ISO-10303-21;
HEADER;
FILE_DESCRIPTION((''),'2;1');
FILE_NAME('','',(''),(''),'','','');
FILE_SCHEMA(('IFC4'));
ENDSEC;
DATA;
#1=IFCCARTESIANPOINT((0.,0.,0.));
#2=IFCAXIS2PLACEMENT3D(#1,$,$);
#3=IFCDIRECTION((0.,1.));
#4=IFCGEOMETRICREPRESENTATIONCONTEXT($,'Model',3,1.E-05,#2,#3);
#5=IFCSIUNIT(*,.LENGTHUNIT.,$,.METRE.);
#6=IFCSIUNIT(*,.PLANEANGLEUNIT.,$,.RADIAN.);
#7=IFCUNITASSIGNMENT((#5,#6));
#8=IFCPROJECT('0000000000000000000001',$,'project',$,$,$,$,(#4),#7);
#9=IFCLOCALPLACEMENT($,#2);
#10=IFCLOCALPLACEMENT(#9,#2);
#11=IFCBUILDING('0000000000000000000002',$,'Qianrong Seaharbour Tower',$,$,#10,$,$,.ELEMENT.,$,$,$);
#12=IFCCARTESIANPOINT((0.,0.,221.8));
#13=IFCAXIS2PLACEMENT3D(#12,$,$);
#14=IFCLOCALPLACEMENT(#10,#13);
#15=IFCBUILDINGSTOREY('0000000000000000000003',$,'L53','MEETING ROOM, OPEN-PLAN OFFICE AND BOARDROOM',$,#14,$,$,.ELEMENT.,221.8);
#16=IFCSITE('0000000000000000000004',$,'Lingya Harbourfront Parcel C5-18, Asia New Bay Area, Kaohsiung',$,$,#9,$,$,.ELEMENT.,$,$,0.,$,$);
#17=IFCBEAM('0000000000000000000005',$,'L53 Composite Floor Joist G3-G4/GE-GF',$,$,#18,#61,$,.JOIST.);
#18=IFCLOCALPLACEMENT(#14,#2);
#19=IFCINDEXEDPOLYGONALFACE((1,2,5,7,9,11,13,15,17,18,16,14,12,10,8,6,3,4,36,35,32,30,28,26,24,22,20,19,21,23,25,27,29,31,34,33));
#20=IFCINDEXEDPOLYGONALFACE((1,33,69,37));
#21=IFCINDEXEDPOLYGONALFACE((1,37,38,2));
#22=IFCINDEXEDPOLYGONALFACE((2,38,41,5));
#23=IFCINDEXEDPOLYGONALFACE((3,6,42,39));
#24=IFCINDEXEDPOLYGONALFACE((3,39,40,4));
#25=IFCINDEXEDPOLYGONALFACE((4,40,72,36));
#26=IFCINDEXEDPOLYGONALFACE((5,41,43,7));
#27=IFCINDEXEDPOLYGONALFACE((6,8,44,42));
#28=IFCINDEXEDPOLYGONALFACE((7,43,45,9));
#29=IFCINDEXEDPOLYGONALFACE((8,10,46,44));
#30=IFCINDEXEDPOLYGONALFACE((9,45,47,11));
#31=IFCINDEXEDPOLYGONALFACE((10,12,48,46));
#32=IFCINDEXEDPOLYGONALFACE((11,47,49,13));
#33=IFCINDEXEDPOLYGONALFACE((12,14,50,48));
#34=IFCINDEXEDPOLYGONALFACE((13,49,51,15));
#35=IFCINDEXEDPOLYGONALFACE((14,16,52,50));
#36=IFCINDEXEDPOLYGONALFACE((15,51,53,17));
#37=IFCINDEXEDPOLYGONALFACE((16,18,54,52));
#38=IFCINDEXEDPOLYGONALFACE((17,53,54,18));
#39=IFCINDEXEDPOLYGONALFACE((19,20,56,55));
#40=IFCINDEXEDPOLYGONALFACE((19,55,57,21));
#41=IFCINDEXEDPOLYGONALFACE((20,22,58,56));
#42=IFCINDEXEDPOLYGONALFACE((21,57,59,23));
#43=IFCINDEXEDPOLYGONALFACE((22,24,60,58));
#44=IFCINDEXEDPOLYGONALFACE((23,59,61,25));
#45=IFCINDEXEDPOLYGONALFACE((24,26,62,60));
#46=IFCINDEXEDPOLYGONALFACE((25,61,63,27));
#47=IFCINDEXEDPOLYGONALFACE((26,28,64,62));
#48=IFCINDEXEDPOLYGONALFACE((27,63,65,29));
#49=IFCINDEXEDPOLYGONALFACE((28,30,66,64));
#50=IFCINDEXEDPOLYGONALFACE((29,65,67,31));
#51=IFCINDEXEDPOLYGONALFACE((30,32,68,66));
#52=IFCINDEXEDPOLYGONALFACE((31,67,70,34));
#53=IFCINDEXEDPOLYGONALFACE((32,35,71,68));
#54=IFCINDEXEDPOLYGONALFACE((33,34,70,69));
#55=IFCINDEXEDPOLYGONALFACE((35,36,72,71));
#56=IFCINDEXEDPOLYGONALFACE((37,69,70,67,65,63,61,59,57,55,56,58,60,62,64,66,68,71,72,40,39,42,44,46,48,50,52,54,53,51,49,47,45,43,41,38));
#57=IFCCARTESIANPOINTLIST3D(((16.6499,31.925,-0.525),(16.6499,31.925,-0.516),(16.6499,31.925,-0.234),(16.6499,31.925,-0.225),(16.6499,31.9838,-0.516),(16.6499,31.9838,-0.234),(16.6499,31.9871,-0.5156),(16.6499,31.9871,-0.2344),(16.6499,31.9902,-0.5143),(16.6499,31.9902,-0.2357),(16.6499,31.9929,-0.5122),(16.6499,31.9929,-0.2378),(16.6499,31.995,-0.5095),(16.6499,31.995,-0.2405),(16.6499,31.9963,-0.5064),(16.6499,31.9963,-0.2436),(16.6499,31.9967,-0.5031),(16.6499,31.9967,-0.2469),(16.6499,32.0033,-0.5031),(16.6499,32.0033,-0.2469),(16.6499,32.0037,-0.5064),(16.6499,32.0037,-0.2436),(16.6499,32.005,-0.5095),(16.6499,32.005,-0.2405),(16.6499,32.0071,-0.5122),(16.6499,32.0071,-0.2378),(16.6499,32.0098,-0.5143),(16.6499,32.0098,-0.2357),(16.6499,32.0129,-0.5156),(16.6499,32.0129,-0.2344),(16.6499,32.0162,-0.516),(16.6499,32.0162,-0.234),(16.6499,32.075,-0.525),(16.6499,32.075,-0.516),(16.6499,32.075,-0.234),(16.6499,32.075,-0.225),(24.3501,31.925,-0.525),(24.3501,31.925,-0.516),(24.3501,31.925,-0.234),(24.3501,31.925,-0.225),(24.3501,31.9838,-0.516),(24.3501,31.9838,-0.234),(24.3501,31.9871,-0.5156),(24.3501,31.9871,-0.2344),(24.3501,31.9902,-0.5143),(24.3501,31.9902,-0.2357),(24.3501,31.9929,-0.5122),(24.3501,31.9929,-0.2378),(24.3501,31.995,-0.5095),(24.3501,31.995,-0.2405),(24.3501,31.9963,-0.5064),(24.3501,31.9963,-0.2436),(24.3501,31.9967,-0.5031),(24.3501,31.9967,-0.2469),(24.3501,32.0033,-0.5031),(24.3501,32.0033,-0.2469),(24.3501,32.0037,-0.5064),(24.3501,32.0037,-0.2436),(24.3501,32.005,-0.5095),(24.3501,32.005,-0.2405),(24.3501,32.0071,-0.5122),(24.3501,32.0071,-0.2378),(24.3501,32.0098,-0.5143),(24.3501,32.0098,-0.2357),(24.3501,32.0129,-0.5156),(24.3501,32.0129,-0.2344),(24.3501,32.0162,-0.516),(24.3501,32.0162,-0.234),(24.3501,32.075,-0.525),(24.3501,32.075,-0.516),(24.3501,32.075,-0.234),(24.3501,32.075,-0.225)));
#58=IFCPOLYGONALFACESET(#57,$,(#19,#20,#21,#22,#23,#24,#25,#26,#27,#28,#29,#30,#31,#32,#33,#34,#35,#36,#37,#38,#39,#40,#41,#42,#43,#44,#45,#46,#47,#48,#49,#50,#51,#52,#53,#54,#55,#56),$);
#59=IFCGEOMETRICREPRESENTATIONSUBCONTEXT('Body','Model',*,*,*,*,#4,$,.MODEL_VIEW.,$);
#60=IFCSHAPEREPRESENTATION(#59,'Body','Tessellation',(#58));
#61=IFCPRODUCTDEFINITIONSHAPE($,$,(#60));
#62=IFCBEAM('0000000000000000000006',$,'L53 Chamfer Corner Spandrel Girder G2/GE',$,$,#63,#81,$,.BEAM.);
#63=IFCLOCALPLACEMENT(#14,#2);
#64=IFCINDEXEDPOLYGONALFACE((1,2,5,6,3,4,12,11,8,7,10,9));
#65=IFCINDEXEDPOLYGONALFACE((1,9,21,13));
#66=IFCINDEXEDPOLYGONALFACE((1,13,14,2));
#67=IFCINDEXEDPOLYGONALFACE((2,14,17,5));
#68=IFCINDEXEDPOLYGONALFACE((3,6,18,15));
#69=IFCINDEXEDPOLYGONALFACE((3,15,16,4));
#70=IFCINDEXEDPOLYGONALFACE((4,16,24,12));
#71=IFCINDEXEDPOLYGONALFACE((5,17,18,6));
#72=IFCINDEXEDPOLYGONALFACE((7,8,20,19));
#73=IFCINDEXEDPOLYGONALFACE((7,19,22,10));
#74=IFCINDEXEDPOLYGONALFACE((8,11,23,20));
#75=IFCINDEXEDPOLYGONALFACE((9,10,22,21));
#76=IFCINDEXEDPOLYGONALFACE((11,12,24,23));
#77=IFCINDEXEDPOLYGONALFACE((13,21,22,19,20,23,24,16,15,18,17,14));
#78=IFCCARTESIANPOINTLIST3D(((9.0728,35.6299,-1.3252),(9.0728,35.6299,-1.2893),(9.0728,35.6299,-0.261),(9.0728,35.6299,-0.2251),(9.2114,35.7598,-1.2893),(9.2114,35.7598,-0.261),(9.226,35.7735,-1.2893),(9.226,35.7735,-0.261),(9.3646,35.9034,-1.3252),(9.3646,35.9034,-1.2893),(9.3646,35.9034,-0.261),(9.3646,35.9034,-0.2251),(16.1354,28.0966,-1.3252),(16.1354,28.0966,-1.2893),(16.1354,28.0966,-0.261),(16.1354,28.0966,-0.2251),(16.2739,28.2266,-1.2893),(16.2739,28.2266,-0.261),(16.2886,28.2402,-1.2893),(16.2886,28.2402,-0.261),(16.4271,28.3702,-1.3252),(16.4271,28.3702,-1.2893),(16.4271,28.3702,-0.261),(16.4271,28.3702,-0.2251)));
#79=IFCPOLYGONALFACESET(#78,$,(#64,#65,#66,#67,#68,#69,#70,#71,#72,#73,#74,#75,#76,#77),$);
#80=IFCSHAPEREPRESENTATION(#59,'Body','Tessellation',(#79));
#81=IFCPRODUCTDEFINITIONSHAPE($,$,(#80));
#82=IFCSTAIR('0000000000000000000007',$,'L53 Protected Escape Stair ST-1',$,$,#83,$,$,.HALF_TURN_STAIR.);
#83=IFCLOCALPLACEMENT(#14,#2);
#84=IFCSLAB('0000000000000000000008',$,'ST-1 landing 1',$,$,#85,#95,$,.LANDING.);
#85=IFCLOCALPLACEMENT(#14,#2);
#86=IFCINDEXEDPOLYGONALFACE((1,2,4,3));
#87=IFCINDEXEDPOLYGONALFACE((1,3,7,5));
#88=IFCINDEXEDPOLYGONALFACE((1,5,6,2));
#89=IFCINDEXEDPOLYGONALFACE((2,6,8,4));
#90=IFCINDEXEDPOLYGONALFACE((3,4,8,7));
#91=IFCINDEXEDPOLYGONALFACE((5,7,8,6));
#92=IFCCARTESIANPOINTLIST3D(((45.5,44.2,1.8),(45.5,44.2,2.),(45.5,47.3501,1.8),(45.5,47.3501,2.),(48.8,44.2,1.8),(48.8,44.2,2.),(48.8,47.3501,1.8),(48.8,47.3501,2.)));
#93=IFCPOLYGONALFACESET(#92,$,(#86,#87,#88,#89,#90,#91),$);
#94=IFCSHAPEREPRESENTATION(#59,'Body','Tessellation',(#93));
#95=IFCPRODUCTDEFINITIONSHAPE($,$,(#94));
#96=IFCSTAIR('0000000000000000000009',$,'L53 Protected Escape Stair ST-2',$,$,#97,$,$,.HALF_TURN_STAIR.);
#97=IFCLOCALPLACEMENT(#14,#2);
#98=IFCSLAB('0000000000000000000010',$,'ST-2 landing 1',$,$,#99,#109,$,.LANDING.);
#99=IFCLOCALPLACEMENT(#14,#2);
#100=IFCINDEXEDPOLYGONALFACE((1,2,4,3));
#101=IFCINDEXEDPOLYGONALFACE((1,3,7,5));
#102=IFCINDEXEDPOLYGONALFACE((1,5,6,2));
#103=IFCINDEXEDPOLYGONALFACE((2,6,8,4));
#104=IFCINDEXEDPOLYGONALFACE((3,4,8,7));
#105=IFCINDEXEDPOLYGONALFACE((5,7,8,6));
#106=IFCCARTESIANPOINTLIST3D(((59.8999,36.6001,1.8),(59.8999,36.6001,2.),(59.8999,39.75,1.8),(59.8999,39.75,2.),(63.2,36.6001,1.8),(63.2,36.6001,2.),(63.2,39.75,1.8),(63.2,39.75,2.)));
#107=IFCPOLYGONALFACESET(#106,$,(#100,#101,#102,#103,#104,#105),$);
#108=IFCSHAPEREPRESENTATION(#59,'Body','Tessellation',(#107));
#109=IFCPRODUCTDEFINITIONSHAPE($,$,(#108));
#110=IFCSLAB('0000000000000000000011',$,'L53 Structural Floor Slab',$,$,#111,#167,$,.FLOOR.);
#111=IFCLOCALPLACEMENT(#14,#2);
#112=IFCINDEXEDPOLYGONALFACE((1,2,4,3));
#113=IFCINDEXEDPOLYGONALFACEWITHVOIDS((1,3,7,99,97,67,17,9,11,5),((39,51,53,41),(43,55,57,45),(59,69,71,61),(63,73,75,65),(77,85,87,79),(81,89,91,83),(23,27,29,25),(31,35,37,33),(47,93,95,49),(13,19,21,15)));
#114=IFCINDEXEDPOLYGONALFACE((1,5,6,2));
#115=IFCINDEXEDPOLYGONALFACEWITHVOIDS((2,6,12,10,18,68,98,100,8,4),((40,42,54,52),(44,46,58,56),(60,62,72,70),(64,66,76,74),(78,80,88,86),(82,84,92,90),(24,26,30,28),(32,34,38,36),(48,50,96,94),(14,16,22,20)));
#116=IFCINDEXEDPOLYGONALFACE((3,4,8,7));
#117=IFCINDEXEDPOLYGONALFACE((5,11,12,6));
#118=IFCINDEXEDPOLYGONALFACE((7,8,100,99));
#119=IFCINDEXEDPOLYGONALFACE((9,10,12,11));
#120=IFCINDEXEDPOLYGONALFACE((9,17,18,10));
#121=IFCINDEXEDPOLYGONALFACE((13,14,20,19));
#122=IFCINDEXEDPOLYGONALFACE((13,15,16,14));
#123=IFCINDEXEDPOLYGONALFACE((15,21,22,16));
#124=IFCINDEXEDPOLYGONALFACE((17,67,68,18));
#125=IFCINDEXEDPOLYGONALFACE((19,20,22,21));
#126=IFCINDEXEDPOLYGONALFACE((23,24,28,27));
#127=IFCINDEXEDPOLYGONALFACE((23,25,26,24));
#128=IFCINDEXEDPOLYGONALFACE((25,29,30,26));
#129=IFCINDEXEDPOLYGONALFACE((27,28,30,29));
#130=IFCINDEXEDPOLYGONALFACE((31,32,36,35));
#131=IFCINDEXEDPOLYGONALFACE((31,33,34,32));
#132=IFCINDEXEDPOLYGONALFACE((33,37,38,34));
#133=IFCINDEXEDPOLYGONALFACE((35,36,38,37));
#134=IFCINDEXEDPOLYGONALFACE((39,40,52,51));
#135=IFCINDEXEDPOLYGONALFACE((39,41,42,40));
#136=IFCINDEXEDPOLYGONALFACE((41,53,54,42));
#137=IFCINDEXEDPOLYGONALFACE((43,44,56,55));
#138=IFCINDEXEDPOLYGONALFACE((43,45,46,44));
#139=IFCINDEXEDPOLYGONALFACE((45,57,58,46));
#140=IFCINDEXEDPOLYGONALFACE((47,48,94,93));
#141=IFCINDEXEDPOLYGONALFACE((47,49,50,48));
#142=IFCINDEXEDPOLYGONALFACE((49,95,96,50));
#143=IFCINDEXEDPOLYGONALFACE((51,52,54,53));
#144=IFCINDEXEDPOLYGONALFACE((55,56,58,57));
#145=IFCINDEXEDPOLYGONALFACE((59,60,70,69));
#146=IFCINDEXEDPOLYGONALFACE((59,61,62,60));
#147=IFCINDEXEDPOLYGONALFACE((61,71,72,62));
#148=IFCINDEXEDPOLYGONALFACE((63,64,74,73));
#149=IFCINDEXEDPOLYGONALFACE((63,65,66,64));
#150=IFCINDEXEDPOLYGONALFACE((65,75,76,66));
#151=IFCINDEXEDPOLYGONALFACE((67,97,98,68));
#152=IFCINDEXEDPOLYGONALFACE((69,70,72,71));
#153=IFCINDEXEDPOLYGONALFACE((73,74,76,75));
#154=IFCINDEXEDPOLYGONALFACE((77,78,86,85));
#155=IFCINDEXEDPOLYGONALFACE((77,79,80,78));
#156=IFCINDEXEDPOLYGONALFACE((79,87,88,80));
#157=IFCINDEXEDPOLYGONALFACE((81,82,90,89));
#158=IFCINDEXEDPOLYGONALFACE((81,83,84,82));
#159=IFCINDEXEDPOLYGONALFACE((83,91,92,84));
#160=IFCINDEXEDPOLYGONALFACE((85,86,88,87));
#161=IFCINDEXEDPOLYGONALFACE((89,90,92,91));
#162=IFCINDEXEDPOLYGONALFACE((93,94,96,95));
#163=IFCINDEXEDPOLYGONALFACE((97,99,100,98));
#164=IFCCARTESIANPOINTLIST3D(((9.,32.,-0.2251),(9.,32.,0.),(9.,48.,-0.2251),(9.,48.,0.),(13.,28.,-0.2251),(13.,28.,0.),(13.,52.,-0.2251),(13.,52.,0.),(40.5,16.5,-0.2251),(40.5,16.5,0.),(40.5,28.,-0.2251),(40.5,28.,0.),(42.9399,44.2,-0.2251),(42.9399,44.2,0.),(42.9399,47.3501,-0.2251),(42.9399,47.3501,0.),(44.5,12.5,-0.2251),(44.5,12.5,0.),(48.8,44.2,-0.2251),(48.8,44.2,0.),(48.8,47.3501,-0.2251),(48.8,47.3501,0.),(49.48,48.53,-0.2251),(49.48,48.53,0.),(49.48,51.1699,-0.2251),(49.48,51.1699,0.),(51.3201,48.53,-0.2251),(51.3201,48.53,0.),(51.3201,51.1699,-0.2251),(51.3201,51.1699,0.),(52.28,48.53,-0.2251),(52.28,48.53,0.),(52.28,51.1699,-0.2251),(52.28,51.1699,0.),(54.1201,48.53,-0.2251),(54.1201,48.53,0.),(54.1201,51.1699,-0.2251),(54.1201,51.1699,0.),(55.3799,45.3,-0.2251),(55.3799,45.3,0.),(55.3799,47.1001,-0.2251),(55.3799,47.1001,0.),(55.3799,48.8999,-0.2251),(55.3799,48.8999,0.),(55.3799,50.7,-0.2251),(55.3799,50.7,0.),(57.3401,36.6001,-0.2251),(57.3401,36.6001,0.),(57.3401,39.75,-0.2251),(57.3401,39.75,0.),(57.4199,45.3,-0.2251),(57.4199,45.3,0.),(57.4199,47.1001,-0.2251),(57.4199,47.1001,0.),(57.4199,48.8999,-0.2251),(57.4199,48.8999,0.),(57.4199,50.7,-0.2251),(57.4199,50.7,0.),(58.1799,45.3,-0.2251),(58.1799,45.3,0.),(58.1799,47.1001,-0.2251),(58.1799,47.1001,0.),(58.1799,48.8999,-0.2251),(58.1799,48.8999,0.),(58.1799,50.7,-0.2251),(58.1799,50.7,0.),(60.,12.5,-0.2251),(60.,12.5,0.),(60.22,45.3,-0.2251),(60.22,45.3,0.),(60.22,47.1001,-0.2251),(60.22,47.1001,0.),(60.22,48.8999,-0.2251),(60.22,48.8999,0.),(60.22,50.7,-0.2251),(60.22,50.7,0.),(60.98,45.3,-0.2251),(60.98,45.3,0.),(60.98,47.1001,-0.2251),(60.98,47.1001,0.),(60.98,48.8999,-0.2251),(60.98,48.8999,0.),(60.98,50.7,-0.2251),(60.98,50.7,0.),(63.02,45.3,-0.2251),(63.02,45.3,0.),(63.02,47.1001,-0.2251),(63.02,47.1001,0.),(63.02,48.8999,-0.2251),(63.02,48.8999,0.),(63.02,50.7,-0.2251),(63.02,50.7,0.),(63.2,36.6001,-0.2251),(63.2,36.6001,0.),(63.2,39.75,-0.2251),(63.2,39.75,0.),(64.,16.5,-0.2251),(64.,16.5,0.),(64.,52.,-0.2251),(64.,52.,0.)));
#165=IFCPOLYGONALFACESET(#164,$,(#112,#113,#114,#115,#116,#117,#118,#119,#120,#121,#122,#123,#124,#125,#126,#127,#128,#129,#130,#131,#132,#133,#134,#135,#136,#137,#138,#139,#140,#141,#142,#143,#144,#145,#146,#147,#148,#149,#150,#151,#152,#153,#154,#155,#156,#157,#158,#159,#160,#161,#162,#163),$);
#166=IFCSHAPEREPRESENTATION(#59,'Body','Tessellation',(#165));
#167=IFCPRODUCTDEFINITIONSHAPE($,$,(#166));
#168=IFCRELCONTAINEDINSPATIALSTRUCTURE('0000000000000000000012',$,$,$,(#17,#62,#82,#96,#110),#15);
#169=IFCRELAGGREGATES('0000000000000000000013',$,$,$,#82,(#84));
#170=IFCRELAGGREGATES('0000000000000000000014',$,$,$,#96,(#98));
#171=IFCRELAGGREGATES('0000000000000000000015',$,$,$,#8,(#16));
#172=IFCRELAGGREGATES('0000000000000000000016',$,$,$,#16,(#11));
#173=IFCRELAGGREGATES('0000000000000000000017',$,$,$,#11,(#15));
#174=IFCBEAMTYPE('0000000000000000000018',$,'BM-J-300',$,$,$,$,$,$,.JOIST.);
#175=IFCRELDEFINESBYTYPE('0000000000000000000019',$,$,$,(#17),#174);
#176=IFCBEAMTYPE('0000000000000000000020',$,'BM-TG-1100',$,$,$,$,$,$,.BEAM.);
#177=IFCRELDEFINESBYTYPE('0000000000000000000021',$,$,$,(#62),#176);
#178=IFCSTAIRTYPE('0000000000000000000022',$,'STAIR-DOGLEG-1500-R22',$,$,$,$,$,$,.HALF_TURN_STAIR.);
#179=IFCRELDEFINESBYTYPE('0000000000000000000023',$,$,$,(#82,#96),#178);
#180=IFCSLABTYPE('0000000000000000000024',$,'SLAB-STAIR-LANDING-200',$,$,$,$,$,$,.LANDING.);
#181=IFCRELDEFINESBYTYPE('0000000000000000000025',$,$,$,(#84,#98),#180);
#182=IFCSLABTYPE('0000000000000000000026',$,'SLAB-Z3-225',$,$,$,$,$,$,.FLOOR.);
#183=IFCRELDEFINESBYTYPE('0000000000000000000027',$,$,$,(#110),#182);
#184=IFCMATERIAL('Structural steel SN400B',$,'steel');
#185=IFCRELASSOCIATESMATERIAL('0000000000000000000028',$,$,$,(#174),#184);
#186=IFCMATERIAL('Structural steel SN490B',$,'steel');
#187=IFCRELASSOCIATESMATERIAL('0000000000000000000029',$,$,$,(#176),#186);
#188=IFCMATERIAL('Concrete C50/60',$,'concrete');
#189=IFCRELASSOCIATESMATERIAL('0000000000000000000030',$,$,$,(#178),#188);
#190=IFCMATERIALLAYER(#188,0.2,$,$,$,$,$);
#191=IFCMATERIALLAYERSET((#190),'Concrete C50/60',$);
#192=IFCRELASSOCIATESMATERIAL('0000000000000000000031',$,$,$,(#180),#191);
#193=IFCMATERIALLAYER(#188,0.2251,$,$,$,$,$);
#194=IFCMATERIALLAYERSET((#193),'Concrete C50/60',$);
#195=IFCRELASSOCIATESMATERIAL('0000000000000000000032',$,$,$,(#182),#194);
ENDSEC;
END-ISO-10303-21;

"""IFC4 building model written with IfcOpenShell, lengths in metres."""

from ifc_helpers import new_model, si_unit, direction, frame, origin, origin_2d, place, context, subcontext, project, spatial, polyline, i_section, outline, extrude, material, layer, layer_set, material_profile, profile_set, type_object, element, aggregate, save


model = new_model("IFC4")

# Units and contexts
model_context = context("Model", 3, precision=1e-05, world=origin(), true_north=direction((0.0, 1.0)))
body_context = subcontext(model_context, "Body", "Model", "MODEL_VIEW")
ifc_project = project(units=[si_unit("LENGTHUNIT", "METRE"), si_unit("PLANEANGLEUNIT", "RADIAN")], contexts=[model_context])

# Site, building, storey
site_placement = place(None, origin())
site = spatial("IfcSite", under=ifc_project, at=site_placement, Name="Lingya Harbourfront Parcel C5-18, Asia New Bay Area, Kaohsiung", CompositionType="ELEMENT", RefElevation=0.0)
building_placement = place(site_placement, origin())
building = spatial("IfcBuilding", under=site, at=building_placement, Name="Qianrong Seaharbour Tower", CompositionType="ELEMENT")
storey_placement = place(building_placement, frame((0.0, 0.0, 221.8)))
storey = spatial("IfcBuildingStorey", under=building, at=storey_placement, Name="L53", Description="MEETING ROOM, OPEN-PLAN OFFICE AND BOARDROOM", CompositionType="ELEMENT", Elevation=221.8)

# Shared definitions
ifc_material_1 = material(Name="Structural steel SN490B", Category="steel")

# Beams
ifc_material_2 = material(Name="Structural steel SN400B", Category="steel")
ifc_material_profile_1 = material_profile(ifc_material_2, i_section(OverallWidth=0.1499, OverallDepth=0.3, WebThickness=0.0066, FlangeThickness=0.009, FilletRadius=0.0129, at=origin_2d()), Name="H300x150x6.5x9")
ifc_profile_set_1 = profile_set([ifc_material_profile_1], Name="Structural steel SN400B")
beam_type_1 = type_object("IfcBeamType", Name="BM-J-300", PredefinedType="JOIST", material=ifc_profile_set_1)
beam_1_placement = place(storey_placement, frame((16.6499, 32.0, -0.375), z_axis=(1.0, 0.0, 0.0), x_axis=(0.0, 1.0, 0.0)))
element("IfcBeam", 1, at=beam_1_placement, inside=storey, type_object=beam_type_1, Name="L53 Composite Floor Joist G3-G4/GE-GF", PredefinedType="JOIST", context=body_context, shape_type="SweptSolid", body=[
    extrude(i_section(OverallWidth=0.1499, OverallDepth=0.3, WebThickness=0.0066, FlangeThickness=0.009, FilletRadius=0.0129, at=origin_2d()), origin(), (0.0, 0.0, 1.0), 7.7002),
])
ifc_material_profile_2 = material_profile(ifc_material_1, i_section(OverallWidth=0.3999, OverallDepth=1.1001, WebThickness=0.02, FlangeThickness=0.0359, at=origin_2d()), Name="BH1100x400x20x36")
ifc_profile_set_2 = profile_set([ifc_material_profile_2], Name="Structural steel SN490B")
beam_type_2 = type_object("IfcBeamType", Name="BM-TG-1100", PredefinedType="BEAM", material=ifc_profile_set_2)
beam_2_placement = place(storey_placement, frame((16.2812, 28.2334, -0.7751), z_axis=(-0.683947, 0.729531, 0.0), x_axis=(-0.729531, -0.683947, 0.0)))
element("IfcBeam", 2, at=beam_2_placement, inside=storey, type_object=beam_type_2, Name="L53 Chamfer Corner Spandrel Girder G2/GE", PredefinedType="BEAM", context=body_context, shape_type="SweptSolid", body=[
    extrude(i_section(OverallWidth=0.3999, OverallDepth=1.1001, WebThickness=0.02, FlangeThickness=0.0359, at=origin_2d()), origin(), (0.0, 0.0, 1.0), 10.3262),
])

# Stairs, slabs
ifc_material_3 = material(Name="Concrete C50/60", Category="concrete")
stair_type = type_object("IfcStairType", Name="STAIR-DOGLEG-1500-R22", PredefinedType="HALF_TURN_STAIR", material=ifc_material_3)
stair_1_placement = place(storey_placement, origin())
stair_1 = element("IfcStair", 3, at=stair_1_placement, inside=storey, type_object=stair_type, Name="L53 Protected Escape Stair ST-1", PredefinedType="HALF_TURN_STAIR")
ifc_layer_1 = layer(ifc_material_3, 0.2)
ifc_layer_set_1 = layer_set([ifc_layer_1], Name="Concrete C50/60")
slab_type_1 = type_object("IfcSlabType", Name="SLAB-STAIR-LANDING-200", PredefinedType="LANDING", material=ifc_layer_set_1)
slab_1_placement = place(storey_placement, frame((0.0, 0.0, 1.8)))
slab_1 = element("IfcSlab", 4, at=slab_1_placement, type_object=slab_type_1, Name="ST-1 landing 1", PredefinedType="LANDING", context=body_context, shape_type="SweptSolid", body=[
    extrude(outline(polyline([(45.5, 44.2), (48.8, 44.2), (48.8, 47.3501), (45.5, 47.3501), (45.5, 44.2)])), origin(), (0.0, 0.0, 1.0), 0.2),
])
aggregate(stair_1, [slab_1])
stair_2_placement = place(storey_placement, origin())
stair_2 = element("IfcStair", 5, at=stair_2_placement, inside=storey, type_object=stair_type, Name="L53 Protected Escape Stair ST-2", PredefinedType="HALF_TURN_STAIR")
slab_2_placement = place(storey_placement, frame((0.0, 0.0, 1.8)))
slab_2 = element("IfcSlab", 6, at=slab_2_placement, type_object=slab_type_1, Name="ST-2 landing 1", PredefinedType="LANDING", context=body_context, shape_type="SweptSolid", body=[
    extrude(outline(polyline([(59.8999, 36.6001), (63.2, 36.6001), (63.2, 39.75), (59.8999, 39.75), (59.8999, 36.6001)])), origin(), (0.0, 0.0, 1.0), 0.2),
])
aggregate(stair_2, [slab_2])

# Slab
ifc_layer_2 = layer(ifc_material_3, 0.2251)
ifc_layer_set_2 = layer_set([ifc_layer_2], Name="Concrete C50/60")
slab_type_2 = type_object("IfcSlabType", Name="SLAB-Z3-225", PredefinedType="FLOOR", material=ifc_layer_set_2)
slab_3_placement = place(storey_placement, frame((0.0, 0.0, -0.2251)))
element("IfcSlab", 7, at=slab_3_placement, inside=storey, type_object=slab_type_2, Name="L53 Structural Floor Slab", PredefinedType="FLOOR", context=body_context, shape_type="SweptSolid", body=[
    extrude(outline(polyline([(44.5, 12.5), (60.0, 12.5), (64.0, 16.5), (64.0, 52.0), (13.0, 52.0), (9.0, 48.0), (9.0, 32.0), (13.0, 28.0), (40.5, 28.0), (40.5, 16.5), (44.5, 12.5)]), holes=[polyline([(42.9399, 44.2), (42.9399, 47.3501), (48.8, 47.3501), (48.8, 44.2), (42.9399, 44.2)]), polyline([(57.3401, 36.6001), (57.3401, 39.75), (63.2, 39.75), (63.2, 36.6001), (57.3401, 36.6001)]), polyline([(49.48, 48.53), (49.48, 51.1699), (51.3201, 51.1699), (51.3201, 48.53), (49.48, 48.53)]), polyline([(52.28, 48.53), (52.28, 51.1699), (54.1201, 51.1699), (54.1201, 48.53), (52.28, 48.53)]), polyline([(55.3799, 45.3), (55.3799, 47.1001), (57.4199, 47.1001), (57.4199, 45.3), (55.3799, 45.3)]), polyline([(58.1799, 45.3), (58.1799, 47.1001), (60.22, 47.1001), (60.22, 45.3), (58.1799, 45.3)]), polyline([(60.98, 45.3), (60.98, 47.1001), (63.02, 47.1001), (63.02, 45.3), (60.98, 45.3)]), polyline([(55.3799, 48.8999), (55.3799, 50.7), (57.4199, 50.7), (57.4199, 48.8999), (55.3799, 48.8999)]), polyline([(58.1799, 48.8999), (58.1799, 50.7), (60.22, 50.7), (60.22, 48.8999), (58.1799, 48.8999)]), polyline([(60.98, 48.8999), (60.98, 50.7), (63.02, 50.7), (63.02, 48.8999), (60.98, 48.8999)])]), origin(), (0.0, 0.0, 1.0), 0.2251),
])

save(model, "model.ifc")
